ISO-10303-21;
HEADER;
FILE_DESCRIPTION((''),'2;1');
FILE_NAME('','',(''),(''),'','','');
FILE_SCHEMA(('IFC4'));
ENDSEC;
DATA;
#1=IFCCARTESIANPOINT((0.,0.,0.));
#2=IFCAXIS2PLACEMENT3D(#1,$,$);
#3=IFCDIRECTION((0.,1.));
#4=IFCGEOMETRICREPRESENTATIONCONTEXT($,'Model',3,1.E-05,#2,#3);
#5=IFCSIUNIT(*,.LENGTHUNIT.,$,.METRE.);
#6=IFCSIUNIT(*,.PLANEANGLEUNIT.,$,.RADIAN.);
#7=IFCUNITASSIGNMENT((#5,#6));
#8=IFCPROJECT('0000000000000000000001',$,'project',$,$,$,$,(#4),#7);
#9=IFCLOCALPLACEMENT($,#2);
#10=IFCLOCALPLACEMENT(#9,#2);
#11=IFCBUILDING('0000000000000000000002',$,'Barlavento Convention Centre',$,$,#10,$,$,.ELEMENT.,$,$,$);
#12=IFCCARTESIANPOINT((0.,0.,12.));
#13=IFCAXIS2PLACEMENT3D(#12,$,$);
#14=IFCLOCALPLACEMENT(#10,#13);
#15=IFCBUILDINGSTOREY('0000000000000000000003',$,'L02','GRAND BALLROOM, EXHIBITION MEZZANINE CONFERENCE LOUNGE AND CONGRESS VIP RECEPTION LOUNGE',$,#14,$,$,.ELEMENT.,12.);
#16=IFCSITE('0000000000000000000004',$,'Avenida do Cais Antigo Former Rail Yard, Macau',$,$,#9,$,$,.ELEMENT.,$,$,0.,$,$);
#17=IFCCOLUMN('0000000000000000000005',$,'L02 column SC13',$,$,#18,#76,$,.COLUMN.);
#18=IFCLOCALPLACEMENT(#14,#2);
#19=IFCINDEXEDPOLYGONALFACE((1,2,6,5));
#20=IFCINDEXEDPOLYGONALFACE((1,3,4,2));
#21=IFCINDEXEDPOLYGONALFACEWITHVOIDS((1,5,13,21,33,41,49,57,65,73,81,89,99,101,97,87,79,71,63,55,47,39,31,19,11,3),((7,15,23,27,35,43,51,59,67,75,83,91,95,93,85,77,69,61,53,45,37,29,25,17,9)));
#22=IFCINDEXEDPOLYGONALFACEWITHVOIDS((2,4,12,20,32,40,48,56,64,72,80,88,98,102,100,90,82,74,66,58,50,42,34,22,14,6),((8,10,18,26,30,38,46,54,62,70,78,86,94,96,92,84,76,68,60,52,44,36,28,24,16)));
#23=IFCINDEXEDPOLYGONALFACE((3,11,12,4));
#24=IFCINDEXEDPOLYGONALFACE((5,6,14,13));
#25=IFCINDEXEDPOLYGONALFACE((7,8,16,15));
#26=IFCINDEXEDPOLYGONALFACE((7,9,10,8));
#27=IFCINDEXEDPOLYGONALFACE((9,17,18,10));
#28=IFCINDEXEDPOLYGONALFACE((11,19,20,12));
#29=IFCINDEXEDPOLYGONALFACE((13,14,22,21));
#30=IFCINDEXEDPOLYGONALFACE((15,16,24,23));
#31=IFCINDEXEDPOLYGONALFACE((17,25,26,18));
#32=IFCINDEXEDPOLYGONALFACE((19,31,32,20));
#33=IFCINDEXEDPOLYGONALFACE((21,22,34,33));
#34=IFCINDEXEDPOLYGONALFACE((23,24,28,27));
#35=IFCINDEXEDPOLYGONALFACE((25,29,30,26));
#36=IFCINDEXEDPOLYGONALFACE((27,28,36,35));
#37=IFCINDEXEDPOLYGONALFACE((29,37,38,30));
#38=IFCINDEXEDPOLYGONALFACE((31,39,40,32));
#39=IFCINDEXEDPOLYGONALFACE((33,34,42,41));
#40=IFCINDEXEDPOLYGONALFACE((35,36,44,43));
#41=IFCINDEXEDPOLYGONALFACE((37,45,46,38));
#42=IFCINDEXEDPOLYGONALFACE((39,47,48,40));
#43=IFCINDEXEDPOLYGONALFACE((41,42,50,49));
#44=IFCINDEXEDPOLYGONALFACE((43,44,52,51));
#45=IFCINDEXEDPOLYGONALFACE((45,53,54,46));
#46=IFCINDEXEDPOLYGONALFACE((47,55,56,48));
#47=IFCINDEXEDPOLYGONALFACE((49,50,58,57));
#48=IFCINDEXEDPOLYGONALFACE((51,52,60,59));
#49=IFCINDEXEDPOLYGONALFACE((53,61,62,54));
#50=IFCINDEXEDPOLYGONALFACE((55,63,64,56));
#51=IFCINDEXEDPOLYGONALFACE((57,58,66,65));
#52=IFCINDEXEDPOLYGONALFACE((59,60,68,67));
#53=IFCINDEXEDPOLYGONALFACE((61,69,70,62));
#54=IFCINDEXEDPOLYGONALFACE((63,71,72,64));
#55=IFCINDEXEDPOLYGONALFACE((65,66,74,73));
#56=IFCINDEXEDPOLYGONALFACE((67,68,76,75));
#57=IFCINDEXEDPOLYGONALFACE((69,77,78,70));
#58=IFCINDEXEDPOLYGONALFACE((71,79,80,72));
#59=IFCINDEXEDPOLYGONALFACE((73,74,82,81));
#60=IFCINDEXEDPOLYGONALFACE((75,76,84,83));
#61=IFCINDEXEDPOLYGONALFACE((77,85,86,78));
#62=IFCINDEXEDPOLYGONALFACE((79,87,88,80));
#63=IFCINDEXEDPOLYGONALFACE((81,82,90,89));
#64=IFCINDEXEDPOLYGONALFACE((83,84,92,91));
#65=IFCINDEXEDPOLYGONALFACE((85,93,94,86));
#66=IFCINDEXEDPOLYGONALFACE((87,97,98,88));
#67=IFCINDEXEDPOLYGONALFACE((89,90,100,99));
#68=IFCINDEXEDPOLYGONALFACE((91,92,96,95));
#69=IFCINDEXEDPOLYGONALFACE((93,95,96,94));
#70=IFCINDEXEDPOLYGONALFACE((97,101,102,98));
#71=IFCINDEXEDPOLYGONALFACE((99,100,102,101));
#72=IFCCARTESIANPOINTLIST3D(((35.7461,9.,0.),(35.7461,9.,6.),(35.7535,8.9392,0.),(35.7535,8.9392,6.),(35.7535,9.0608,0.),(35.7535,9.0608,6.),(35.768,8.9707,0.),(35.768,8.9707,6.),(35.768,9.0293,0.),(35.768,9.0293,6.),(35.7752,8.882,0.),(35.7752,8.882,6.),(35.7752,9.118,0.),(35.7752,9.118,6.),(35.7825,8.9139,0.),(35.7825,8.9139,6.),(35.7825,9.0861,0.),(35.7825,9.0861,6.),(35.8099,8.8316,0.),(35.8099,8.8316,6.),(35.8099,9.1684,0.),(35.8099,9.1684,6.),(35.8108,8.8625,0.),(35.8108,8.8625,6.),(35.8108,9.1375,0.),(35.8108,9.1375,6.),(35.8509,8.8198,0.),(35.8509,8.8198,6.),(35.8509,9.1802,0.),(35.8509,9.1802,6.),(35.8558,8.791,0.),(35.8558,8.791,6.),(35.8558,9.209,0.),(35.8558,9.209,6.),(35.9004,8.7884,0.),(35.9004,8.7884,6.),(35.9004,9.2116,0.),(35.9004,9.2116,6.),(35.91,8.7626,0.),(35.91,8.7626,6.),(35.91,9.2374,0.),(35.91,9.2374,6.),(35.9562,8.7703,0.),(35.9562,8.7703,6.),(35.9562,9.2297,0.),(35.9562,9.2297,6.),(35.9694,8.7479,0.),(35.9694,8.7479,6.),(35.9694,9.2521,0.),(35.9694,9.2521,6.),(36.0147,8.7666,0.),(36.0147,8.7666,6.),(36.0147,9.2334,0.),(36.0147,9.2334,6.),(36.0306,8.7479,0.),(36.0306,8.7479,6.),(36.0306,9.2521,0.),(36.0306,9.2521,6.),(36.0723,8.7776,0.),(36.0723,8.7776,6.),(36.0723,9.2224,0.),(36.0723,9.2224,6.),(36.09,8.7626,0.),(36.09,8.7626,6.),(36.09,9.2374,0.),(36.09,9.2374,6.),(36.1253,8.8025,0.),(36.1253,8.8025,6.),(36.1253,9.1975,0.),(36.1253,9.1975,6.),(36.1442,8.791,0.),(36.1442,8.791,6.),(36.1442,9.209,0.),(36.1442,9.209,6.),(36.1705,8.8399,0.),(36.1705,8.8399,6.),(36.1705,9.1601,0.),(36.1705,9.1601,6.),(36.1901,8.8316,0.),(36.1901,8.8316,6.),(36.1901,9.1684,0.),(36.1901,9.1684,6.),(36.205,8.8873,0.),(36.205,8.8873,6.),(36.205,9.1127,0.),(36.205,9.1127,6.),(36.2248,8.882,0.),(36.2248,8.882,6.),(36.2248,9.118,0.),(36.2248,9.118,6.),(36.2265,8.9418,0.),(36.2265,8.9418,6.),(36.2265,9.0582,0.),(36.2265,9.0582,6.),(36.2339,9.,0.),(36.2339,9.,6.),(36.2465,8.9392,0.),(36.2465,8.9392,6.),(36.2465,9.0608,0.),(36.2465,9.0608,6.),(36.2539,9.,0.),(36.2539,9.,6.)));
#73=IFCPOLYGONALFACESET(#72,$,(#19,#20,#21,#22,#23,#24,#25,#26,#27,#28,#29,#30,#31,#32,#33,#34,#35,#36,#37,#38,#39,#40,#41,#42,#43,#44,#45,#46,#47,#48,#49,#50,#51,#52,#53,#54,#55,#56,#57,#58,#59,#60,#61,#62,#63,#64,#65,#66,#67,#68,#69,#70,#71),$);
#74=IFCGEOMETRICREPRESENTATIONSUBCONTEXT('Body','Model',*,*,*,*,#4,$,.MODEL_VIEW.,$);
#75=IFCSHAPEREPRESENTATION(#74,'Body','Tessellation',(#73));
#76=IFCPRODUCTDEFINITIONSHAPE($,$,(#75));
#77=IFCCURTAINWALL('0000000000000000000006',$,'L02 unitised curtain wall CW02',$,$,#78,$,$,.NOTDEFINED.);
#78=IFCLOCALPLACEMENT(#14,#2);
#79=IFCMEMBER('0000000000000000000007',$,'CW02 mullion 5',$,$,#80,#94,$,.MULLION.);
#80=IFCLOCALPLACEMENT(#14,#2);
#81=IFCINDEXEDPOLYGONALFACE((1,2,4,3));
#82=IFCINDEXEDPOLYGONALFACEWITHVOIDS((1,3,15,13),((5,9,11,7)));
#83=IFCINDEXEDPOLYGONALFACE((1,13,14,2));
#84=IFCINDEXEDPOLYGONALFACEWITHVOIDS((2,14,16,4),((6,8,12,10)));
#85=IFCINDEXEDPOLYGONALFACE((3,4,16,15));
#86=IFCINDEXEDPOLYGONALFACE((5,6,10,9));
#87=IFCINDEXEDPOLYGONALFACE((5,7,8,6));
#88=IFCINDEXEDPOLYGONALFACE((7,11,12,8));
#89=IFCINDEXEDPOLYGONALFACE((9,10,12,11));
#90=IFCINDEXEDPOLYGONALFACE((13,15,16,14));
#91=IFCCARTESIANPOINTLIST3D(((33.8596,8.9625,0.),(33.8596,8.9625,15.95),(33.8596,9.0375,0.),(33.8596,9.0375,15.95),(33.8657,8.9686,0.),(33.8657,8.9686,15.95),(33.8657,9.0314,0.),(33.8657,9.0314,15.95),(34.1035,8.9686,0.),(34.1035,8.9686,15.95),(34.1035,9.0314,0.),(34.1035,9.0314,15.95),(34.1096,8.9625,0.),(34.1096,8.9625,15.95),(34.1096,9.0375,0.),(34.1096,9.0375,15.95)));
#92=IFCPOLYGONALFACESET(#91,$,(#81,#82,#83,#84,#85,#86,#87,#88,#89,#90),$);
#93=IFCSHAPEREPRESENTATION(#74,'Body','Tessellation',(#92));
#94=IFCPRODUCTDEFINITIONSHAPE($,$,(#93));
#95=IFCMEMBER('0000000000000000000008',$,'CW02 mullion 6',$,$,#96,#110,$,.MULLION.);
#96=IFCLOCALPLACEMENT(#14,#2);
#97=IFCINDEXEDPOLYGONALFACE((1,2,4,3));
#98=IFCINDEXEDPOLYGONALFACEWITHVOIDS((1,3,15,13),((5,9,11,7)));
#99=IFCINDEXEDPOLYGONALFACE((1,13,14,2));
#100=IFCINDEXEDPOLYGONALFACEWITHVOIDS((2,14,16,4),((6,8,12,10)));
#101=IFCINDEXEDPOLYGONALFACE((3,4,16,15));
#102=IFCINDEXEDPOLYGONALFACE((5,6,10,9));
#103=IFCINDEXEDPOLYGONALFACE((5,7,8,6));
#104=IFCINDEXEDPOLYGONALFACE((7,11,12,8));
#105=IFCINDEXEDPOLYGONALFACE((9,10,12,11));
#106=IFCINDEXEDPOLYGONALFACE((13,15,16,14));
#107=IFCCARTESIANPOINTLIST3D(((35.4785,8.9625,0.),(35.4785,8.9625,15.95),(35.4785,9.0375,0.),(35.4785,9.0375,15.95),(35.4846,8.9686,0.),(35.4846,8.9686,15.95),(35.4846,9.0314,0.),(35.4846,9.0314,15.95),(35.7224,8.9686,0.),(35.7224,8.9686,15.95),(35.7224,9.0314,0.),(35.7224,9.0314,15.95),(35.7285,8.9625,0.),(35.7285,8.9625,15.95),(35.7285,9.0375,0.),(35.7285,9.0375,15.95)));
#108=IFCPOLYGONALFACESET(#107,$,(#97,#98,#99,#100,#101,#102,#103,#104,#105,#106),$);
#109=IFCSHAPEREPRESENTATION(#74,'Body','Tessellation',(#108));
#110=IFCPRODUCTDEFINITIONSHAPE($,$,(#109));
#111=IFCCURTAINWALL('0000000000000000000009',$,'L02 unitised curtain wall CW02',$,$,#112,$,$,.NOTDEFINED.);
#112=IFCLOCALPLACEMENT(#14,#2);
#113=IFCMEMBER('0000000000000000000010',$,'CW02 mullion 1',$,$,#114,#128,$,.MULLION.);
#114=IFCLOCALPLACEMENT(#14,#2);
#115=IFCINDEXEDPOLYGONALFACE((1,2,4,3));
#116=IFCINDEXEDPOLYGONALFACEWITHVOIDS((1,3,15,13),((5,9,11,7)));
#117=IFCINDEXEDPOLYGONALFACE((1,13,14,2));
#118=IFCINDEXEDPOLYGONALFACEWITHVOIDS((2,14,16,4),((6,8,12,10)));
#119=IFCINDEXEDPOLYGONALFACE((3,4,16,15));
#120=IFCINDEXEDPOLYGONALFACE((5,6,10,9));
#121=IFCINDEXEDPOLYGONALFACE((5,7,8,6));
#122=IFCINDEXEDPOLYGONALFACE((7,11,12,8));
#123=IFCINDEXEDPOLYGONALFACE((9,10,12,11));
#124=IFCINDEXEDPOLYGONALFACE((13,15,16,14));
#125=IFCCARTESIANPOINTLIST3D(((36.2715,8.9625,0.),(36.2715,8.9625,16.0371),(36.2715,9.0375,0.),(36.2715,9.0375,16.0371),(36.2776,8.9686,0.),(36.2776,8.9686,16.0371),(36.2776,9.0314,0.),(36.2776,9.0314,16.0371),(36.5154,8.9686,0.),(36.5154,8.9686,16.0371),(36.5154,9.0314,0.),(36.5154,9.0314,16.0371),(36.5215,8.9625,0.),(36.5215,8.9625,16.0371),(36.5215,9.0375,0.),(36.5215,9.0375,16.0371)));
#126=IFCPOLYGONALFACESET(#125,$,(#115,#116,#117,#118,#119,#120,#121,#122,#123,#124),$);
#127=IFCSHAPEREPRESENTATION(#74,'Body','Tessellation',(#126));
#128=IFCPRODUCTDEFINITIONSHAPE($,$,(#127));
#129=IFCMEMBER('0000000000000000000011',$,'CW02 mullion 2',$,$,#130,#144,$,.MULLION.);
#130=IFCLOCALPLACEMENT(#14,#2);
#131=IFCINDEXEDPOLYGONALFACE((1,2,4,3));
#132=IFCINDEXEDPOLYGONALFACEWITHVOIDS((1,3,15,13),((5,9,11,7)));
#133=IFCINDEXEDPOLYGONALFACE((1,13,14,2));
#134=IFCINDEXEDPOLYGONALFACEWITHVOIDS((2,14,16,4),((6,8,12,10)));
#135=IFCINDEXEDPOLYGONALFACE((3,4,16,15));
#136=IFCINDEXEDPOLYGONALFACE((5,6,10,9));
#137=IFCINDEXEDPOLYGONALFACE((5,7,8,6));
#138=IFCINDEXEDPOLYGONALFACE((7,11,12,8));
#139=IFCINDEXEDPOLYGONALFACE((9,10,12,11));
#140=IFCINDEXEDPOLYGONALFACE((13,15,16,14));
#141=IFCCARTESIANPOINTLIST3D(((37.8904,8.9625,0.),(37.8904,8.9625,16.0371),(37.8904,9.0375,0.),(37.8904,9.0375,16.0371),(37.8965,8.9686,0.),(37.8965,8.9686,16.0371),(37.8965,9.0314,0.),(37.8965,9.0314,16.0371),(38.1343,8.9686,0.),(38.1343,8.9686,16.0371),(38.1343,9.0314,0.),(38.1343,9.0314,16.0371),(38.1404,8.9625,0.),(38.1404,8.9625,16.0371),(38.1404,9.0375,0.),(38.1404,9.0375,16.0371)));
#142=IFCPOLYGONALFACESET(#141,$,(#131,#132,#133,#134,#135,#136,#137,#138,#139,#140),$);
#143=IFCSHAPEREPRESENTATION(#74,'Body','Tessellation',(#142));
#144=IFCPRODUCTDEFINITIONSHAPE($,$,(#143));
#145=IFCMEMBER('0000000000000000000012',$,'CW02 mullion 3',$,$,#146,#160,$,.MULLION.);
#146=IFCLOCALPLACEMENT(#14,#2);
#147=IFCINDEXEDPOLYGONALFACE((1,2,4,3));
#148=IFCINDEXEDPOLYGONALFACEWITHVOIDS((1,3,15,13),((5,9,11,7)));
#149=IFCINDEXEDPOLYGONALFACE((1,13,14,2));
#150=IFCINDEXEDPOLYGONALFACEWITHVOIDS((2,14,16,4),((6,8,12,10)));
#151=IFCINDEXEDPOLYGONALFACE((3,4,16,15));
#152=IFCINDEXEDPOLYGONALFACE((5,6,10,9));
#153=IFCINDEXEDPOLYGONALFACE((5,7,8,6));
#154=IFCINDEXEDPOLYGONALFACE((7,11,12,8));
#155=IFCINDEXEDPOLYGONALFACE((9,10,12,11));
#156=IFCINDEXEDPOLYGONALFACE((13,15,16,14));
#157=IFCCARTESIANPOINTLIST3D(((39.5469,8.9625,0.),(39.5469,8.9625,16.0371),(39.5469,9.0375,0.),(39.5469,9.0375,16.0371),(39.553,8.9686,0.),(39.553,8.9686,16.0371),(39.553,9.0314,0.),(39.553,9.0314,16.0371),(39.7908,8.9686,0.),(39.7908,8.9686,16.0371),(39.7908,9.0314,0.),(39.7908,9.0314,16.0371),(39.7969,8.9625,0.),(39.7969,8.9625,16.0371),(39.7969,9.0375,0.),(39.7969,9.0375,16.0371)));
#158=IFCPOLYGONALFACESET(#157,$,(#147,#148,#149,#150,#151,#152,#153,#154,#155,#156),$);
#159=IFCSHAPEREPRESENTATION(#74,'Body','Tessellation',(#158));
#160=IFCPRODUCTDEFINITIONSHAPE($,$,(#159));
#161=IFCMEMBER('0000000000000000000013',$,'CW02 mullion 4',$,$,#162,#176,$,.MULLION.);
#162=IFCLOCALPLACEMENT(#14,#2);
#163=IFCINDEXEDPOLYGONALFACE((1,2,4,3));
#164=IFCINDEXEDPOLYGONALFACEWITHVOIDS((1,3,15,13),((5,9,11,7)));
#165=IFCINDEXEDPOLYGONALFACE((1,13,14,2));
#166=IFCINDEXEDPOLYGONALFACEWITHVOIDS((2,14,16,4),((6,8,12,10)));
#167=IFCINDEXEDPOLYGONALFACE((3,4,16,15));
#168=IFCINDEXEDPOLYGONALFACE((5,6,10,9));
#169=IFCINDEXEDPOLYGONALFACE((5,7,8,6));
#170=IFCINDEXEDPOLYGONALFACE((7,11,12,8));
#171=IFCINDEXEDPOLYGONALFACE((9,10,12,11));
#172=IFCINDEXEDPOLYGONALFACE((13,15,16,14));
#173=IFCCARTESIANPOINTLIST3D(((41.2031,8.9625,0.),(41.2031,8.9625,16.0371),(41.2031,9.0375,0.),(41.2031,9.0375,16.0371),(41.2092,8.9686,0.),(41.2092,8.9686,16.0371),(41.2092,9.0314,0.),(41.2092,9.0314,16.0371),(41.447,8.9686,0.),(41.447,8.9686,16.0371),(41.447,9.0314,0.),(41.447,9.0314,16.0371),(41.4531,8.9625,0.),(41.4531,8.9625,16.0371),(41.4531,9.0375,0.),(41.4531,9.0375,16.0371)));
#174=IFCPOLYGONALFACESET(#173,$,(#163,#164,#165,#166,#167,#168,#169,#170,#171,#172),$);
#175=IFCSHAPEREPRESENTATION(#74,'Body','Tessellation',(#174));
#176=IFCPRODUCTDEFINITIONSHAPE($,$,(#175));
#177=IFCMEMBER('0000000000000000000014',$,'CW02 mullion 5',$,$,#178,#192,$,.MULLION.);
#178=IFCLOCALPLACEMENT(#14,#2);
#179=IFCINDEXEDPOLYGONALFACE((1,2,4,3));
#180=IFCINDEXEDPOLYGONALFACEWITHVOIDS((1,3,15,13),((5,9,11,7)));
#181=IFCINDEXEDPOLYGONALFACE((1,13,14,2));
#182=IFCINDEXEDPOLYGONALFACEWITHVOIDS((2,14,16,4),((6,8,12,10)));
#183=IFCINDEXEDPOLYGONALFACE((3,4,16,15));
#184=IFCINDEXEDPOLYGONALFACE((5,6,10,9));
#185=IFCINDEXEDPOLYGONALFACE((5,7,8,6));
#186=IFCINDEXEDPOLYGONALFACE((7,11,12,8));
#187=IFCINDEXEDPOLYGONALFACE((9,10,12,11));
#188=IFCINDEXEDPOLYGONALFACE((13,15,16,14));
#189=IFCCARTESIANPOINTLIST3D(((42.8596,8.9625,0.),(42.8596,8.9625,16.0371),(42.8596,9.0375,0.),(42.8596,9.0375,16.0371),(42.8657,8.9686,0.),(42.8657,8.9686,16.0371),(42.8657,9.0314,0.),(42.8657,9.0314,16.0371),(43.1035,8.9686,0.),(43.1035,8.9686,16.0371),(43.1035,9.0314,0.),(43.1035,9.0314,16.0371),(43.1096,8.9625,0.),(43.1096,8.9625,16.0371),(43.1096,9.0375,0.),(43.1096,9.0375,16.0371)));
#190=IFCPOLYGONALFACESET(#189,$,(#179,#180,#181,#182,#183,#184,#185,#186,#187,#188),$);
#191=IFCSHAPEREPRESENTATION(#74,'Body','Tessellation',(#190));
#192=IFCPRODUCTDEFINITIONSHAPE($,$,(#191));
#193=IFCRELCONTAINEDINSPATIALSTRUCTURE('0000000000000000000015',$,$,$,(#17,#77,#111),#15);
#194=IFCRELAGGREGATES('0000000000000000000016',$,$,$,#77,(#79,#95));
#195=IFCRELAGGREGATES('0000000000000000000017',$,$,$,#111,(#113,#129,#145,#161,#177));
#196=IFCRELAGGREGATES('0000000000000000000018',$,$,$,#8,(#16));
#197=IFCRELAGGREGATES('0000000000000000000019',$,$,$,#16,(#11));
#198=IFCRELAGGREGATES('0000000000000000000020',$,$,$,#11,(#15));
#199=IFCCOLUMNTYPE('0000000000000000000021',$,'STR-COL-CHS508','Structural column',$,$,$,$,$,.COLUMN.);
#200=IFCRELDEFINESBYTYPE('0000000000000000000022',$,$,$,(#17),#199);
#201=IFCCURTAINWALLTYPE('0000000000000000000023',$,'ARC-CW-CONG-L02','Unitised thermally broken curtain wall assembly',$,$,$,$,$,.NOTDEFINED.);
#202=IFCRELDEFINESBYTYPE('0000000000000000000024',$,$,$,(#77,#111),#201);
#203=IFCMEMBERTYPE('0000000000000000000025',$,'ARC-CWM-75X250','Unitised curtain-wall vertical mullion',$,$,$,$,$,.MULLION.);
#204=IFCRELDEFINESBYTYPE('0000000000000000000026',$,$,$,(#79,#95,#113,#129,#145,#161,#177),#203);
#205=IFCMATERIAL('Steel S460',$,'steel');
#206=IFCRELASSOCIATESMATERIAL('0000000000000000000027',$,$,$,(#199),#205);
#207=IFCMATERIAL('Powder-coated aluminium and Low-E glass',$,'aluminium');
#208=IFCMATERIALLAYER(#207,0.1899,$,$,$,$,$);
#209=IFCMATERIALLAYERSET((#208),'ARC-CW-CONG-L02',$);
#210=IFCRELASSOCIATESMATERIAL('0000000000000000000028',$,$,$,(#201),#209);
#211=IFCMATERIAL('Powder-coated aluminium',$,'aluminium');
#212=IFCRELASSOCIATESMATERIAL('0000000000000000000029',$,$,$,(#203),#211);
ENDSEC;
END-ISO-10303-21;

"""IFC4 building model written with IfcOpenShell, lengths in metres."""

from ifc_helpers import new_model, si_unit, direction, frame, origin, origin_2d, place, context, subcontext, project, spatial, hollow_rectangle, hollow_circle, extrude, material, layer, layer_set, material_profile, profile_set, type_object, element, aggregate, save


model = new_model("IFC4")

# Units and contexts
model_context = context("Model", 3, precision=1e-05, world=origin(), true_north=direction((0.0, 1.0)))
body_context = subcontext(model_context, "Body", "Model", "MODEL_VIEW")
ifc_project = project(units=[si_unit("LENGTHUNIT", "METRE"), si_unit("PLANEANGLEUNIT", "RADIAN")], contexts=[model_context])

# Site, building, storey
site_placement = place(None, origin())
site = spatial("IfcSite", under=ifc_project, at=site_placement, Name="Avenida do Cais Antigo Former Rail Yard, Macau", CompositionType="ELEMENT", RefElevation=0.0)
building_placement = place(site_placement, origin())
building = spatial("IfcBuilding", under=site, at=building_placement, Name="Barlavento Convention Centre", CompositionType="ELEMENT")
storey_placement = place(building_placement, frame((0.0, 0.0, 12.0)))
storey = spatial("IfcBuildingStorey", under=building, at=storey_placement, Name="L02", Description="GRAND BALLROOM, EXHIBITION MEZZANINE CONFERENCE LOUNGE AND CONGRESS VIP RECEPTION LOUNGE", CompositionType="ELEMENT", Elevation=12.0)

# Column
ifc_material_1 = material(Name="Steel S460", Category="steel")
ifc_material_profile_1 = material_profile(ifc_material_1, hollow_circle(Radius=0.2539, WallThickness=0.02, at=origin_2d()), Name="CHS 508.0x20.0")
ifc_profile_set_1 = profile_set([ifc_material_profile_1], Name="Steel S460")
column_type = type_object("IfcColumnType", Name="STR-COL-CHS508", Description="Structural column", PredefinedType="COLUMN", material=ifc_profile_set_1)
column_placement = place(storey_placement, frame((36.0, 9.0, 0.0), z_axis=(0.0, 0.0, 1.0), x_axis=(1.0, 0.0, 0.0)))
element("IfcColumn", 1, at=column_placement, inside=storey, type_object=column_type, Name="L02 column SC13", PredefinedType="COLUMN", context=body_context, shape_type="SweptSolid", body=[
    extrude(hollow_circle(Radius=0.2539, WallThickness=0.02, at=origin_2d()), origin(), (0.0, 0.0, 1.0), 6.0),
])

# Curtain walls, members
ifc_material_2 = material(Name="Powder-coated aluminium and Low-E glass", Category="aluminium")
ifc_layer_1 = layer(ifc_material_2, 0.1899)
ifc_layer_set_1 = layer_set([ifc_layer_1], Name="ARC-CW-CONG-L02")
curtain_wall_type = type_object("IfcCurtainWallType", Name="ARC-CW-CONG-L02", Description="Unitised thermally broken curtain wall assembly", PredefinedType="NOTDEFINED", material=ifc_layer_set_1)
curtain_wall_1_placement = place(storey_placement, origin())
curtain_wall_1 = element("IfcCurtainWall", 2, at=curtain_wall_1_placement, inside=storey, type_object=curtain_wall_type, Name="L02 unitised curtain wall CW02", PredefinedType="NOTDEFINED")
ifc_material_3 = material(Name="Powder-coated aluminium", Category="aluminium")
ifc_material_profile_2 = material_profile(ifc_material_3, hollow_rectangle(XDim=0.075, YDim=0.25, WallThickness=0.0061, at=origin_2d()), Name="AL-MULL 75x250x6")
ifc_profile_set_2 = profile_set([ifc_material_profile_2], Name="Powder-coated aluminium")
member_type_1 = type_object("IfcMemberType", Name="ARC-CWM-75X250", Description="Unitised curtain-wall vertical mullion", PredefinedType="MULLION", material=ifc_profile_set_2)
member_1_placement = place(storey_placement, frame((33.9846, 9.0, 0.0), z_axis=(0.0, 0.0, 1.0), x_axis=(0.0, 1.0, 0.0)))
member_1 = element("IfcMember", 3, at=member_1_placement, type_object=member_type_1, Name="CW02 mullion 5", PredefinedType="MULLION", context=body_context, shape_type="SweptSolid", body=[
    extrude(hollow_rectangle(XDim=0.075, YDim=0.25, WallThickness=0.0061, at=origin_2d()), origin(), (0.0, 0.0, 1.0), 15.95),
])
member_2_placement = place(storey_placement, frame((35.6035, 9.0, 0.0), z_axis=(0.0, 0.0, 1.0), x_axis=(0.0, 1.0, 0.0)))
member_2 = element("IfcMember", 4, at=member_2_placement, type_object=member_type_1, Name="CW02 mullion 6", PredefinedType="MULLION", context=body_context, shape_type="SweptSolid", body=[
    extrude(hollow_rectangle(XDim=0.075, YDim=0.25, WallThickness=0.0061, at=origin_2d()), origin(), (0.0, 0.0, 1.0), 15.95),
])
curtain_wall_2_placement = place(storey_placement, origin())
curtain_wall_2 = element("IfcCurtainWall", 5, at=curtain_wall_2_placement, inside=storey, type_object=curtain_wall_type, Name="L02 unitised curtain wall CW02", PredefinedType="NOTDEFINED")
member_3_placement = place(storey_placement, frame((36.3965, 9.0, 0.0), z_axis=(0.0, 0.0, 1.0), x_axis=(0.0, 1.0, 0.0)))
member_3 = element("IfcMember", 6, at=member_3_placement, type_object=member_type_1, Name="CW02 mullion 1", PredefinedType="MULLION", context=body_context, shape_type="SweptSolid", body=[
    extrude(hollow_rectangle(XDim=0.075, YDim=0.25, WallThickness=0.0061, at=origin_2d()), origin(), (0.0, 0.0, 1.0), 16.0371),
])
member_4_placement = place(storey_placement, frame((38.0154, 9.0, 0.0), z_axis=(0.0, 0.0, 1.0), x_axis=(0.0, 1.0, 0.0)))
member_4 = element("IfcMember", 7, at=member_4_placement, type_object=member_type_1, Name="CW02 mullion 2", PredefinedType="MULLION", context=body_context, shape_type="SweptSolid", body=[
    extrude(hollow_rectangle(XDim=0.075, YDim=0.25, WallThickness=0.0061, at=origin_2d()), origin(), (0.0, 0.0, 1.0), 16.0371),
])
member_5_placement = place(storey_placement, frame((39.6719, 9.0, 0.0), z_axis=(0.0, 0.0, 1.0), x_axis=(0.0, 1.0, 0.0)))
member_5 = element("IfcMember", 8, at=member_5_placement, type_object=member_type_1, Name="CW02 mullion 3", PredefinedType="MULLION", context=body_context, shape_type="SweptSolid", body=[
    extrude(hollow_rectangle(XDim=0.075, YDim=0.25, WallThickness=0.0061, at=origin_2d()), origin(), (0.0, 0.0, 1.0), 16.0371),
])
member_6_placement = place(storey_placement, frame((41.3281, 9.0, 0.0), z_axis=(0.0, 0.0, 1.0), x_axis=(0.0, 1.0, 0.0)))
member_6 = element("IfcMember", 9, at=member_6_placement, type_object=member_type_1, Name="CW02 mullion 4", PredefinedType="MULLION", context=body_context, shape_type="SweptSolid", body=[
    extrude(hollow_rectangle(XDim=0.075, YDim=0.25, WallThickness=0.0061, at=origin_2d()), origin(), (0.0, 0.0, 1.0), 16.0371),
])
member_7_placement = place(storey_placement, frame((42.9846, 9.0, 0.0), z_axis=(0.0, 0.0, 1.0), x_axis=(0.0, 1.0, 0.0)))
member_7 = element("IfcMember", 10, at=member_7_placement, type_object=member_type_1, Name="CW02 mullion 5", PredefinedType="MULLION", context=body_context, shape_type="SweptSolid", body=[
    extrude(hollow_rectangle(XDim=0.075, YDim=0.25, WallThickness=0.0061, at=origin_2d()), origin(), (0.0, 0.0, 1.0), 16.0371),
])

aggregate(curtain_wall_1, [member_1, member_2])
aggregate(curtain_wall_2, [member_3, member_4, member_5, member_6, member_7])

save(model, "model.ifc")
